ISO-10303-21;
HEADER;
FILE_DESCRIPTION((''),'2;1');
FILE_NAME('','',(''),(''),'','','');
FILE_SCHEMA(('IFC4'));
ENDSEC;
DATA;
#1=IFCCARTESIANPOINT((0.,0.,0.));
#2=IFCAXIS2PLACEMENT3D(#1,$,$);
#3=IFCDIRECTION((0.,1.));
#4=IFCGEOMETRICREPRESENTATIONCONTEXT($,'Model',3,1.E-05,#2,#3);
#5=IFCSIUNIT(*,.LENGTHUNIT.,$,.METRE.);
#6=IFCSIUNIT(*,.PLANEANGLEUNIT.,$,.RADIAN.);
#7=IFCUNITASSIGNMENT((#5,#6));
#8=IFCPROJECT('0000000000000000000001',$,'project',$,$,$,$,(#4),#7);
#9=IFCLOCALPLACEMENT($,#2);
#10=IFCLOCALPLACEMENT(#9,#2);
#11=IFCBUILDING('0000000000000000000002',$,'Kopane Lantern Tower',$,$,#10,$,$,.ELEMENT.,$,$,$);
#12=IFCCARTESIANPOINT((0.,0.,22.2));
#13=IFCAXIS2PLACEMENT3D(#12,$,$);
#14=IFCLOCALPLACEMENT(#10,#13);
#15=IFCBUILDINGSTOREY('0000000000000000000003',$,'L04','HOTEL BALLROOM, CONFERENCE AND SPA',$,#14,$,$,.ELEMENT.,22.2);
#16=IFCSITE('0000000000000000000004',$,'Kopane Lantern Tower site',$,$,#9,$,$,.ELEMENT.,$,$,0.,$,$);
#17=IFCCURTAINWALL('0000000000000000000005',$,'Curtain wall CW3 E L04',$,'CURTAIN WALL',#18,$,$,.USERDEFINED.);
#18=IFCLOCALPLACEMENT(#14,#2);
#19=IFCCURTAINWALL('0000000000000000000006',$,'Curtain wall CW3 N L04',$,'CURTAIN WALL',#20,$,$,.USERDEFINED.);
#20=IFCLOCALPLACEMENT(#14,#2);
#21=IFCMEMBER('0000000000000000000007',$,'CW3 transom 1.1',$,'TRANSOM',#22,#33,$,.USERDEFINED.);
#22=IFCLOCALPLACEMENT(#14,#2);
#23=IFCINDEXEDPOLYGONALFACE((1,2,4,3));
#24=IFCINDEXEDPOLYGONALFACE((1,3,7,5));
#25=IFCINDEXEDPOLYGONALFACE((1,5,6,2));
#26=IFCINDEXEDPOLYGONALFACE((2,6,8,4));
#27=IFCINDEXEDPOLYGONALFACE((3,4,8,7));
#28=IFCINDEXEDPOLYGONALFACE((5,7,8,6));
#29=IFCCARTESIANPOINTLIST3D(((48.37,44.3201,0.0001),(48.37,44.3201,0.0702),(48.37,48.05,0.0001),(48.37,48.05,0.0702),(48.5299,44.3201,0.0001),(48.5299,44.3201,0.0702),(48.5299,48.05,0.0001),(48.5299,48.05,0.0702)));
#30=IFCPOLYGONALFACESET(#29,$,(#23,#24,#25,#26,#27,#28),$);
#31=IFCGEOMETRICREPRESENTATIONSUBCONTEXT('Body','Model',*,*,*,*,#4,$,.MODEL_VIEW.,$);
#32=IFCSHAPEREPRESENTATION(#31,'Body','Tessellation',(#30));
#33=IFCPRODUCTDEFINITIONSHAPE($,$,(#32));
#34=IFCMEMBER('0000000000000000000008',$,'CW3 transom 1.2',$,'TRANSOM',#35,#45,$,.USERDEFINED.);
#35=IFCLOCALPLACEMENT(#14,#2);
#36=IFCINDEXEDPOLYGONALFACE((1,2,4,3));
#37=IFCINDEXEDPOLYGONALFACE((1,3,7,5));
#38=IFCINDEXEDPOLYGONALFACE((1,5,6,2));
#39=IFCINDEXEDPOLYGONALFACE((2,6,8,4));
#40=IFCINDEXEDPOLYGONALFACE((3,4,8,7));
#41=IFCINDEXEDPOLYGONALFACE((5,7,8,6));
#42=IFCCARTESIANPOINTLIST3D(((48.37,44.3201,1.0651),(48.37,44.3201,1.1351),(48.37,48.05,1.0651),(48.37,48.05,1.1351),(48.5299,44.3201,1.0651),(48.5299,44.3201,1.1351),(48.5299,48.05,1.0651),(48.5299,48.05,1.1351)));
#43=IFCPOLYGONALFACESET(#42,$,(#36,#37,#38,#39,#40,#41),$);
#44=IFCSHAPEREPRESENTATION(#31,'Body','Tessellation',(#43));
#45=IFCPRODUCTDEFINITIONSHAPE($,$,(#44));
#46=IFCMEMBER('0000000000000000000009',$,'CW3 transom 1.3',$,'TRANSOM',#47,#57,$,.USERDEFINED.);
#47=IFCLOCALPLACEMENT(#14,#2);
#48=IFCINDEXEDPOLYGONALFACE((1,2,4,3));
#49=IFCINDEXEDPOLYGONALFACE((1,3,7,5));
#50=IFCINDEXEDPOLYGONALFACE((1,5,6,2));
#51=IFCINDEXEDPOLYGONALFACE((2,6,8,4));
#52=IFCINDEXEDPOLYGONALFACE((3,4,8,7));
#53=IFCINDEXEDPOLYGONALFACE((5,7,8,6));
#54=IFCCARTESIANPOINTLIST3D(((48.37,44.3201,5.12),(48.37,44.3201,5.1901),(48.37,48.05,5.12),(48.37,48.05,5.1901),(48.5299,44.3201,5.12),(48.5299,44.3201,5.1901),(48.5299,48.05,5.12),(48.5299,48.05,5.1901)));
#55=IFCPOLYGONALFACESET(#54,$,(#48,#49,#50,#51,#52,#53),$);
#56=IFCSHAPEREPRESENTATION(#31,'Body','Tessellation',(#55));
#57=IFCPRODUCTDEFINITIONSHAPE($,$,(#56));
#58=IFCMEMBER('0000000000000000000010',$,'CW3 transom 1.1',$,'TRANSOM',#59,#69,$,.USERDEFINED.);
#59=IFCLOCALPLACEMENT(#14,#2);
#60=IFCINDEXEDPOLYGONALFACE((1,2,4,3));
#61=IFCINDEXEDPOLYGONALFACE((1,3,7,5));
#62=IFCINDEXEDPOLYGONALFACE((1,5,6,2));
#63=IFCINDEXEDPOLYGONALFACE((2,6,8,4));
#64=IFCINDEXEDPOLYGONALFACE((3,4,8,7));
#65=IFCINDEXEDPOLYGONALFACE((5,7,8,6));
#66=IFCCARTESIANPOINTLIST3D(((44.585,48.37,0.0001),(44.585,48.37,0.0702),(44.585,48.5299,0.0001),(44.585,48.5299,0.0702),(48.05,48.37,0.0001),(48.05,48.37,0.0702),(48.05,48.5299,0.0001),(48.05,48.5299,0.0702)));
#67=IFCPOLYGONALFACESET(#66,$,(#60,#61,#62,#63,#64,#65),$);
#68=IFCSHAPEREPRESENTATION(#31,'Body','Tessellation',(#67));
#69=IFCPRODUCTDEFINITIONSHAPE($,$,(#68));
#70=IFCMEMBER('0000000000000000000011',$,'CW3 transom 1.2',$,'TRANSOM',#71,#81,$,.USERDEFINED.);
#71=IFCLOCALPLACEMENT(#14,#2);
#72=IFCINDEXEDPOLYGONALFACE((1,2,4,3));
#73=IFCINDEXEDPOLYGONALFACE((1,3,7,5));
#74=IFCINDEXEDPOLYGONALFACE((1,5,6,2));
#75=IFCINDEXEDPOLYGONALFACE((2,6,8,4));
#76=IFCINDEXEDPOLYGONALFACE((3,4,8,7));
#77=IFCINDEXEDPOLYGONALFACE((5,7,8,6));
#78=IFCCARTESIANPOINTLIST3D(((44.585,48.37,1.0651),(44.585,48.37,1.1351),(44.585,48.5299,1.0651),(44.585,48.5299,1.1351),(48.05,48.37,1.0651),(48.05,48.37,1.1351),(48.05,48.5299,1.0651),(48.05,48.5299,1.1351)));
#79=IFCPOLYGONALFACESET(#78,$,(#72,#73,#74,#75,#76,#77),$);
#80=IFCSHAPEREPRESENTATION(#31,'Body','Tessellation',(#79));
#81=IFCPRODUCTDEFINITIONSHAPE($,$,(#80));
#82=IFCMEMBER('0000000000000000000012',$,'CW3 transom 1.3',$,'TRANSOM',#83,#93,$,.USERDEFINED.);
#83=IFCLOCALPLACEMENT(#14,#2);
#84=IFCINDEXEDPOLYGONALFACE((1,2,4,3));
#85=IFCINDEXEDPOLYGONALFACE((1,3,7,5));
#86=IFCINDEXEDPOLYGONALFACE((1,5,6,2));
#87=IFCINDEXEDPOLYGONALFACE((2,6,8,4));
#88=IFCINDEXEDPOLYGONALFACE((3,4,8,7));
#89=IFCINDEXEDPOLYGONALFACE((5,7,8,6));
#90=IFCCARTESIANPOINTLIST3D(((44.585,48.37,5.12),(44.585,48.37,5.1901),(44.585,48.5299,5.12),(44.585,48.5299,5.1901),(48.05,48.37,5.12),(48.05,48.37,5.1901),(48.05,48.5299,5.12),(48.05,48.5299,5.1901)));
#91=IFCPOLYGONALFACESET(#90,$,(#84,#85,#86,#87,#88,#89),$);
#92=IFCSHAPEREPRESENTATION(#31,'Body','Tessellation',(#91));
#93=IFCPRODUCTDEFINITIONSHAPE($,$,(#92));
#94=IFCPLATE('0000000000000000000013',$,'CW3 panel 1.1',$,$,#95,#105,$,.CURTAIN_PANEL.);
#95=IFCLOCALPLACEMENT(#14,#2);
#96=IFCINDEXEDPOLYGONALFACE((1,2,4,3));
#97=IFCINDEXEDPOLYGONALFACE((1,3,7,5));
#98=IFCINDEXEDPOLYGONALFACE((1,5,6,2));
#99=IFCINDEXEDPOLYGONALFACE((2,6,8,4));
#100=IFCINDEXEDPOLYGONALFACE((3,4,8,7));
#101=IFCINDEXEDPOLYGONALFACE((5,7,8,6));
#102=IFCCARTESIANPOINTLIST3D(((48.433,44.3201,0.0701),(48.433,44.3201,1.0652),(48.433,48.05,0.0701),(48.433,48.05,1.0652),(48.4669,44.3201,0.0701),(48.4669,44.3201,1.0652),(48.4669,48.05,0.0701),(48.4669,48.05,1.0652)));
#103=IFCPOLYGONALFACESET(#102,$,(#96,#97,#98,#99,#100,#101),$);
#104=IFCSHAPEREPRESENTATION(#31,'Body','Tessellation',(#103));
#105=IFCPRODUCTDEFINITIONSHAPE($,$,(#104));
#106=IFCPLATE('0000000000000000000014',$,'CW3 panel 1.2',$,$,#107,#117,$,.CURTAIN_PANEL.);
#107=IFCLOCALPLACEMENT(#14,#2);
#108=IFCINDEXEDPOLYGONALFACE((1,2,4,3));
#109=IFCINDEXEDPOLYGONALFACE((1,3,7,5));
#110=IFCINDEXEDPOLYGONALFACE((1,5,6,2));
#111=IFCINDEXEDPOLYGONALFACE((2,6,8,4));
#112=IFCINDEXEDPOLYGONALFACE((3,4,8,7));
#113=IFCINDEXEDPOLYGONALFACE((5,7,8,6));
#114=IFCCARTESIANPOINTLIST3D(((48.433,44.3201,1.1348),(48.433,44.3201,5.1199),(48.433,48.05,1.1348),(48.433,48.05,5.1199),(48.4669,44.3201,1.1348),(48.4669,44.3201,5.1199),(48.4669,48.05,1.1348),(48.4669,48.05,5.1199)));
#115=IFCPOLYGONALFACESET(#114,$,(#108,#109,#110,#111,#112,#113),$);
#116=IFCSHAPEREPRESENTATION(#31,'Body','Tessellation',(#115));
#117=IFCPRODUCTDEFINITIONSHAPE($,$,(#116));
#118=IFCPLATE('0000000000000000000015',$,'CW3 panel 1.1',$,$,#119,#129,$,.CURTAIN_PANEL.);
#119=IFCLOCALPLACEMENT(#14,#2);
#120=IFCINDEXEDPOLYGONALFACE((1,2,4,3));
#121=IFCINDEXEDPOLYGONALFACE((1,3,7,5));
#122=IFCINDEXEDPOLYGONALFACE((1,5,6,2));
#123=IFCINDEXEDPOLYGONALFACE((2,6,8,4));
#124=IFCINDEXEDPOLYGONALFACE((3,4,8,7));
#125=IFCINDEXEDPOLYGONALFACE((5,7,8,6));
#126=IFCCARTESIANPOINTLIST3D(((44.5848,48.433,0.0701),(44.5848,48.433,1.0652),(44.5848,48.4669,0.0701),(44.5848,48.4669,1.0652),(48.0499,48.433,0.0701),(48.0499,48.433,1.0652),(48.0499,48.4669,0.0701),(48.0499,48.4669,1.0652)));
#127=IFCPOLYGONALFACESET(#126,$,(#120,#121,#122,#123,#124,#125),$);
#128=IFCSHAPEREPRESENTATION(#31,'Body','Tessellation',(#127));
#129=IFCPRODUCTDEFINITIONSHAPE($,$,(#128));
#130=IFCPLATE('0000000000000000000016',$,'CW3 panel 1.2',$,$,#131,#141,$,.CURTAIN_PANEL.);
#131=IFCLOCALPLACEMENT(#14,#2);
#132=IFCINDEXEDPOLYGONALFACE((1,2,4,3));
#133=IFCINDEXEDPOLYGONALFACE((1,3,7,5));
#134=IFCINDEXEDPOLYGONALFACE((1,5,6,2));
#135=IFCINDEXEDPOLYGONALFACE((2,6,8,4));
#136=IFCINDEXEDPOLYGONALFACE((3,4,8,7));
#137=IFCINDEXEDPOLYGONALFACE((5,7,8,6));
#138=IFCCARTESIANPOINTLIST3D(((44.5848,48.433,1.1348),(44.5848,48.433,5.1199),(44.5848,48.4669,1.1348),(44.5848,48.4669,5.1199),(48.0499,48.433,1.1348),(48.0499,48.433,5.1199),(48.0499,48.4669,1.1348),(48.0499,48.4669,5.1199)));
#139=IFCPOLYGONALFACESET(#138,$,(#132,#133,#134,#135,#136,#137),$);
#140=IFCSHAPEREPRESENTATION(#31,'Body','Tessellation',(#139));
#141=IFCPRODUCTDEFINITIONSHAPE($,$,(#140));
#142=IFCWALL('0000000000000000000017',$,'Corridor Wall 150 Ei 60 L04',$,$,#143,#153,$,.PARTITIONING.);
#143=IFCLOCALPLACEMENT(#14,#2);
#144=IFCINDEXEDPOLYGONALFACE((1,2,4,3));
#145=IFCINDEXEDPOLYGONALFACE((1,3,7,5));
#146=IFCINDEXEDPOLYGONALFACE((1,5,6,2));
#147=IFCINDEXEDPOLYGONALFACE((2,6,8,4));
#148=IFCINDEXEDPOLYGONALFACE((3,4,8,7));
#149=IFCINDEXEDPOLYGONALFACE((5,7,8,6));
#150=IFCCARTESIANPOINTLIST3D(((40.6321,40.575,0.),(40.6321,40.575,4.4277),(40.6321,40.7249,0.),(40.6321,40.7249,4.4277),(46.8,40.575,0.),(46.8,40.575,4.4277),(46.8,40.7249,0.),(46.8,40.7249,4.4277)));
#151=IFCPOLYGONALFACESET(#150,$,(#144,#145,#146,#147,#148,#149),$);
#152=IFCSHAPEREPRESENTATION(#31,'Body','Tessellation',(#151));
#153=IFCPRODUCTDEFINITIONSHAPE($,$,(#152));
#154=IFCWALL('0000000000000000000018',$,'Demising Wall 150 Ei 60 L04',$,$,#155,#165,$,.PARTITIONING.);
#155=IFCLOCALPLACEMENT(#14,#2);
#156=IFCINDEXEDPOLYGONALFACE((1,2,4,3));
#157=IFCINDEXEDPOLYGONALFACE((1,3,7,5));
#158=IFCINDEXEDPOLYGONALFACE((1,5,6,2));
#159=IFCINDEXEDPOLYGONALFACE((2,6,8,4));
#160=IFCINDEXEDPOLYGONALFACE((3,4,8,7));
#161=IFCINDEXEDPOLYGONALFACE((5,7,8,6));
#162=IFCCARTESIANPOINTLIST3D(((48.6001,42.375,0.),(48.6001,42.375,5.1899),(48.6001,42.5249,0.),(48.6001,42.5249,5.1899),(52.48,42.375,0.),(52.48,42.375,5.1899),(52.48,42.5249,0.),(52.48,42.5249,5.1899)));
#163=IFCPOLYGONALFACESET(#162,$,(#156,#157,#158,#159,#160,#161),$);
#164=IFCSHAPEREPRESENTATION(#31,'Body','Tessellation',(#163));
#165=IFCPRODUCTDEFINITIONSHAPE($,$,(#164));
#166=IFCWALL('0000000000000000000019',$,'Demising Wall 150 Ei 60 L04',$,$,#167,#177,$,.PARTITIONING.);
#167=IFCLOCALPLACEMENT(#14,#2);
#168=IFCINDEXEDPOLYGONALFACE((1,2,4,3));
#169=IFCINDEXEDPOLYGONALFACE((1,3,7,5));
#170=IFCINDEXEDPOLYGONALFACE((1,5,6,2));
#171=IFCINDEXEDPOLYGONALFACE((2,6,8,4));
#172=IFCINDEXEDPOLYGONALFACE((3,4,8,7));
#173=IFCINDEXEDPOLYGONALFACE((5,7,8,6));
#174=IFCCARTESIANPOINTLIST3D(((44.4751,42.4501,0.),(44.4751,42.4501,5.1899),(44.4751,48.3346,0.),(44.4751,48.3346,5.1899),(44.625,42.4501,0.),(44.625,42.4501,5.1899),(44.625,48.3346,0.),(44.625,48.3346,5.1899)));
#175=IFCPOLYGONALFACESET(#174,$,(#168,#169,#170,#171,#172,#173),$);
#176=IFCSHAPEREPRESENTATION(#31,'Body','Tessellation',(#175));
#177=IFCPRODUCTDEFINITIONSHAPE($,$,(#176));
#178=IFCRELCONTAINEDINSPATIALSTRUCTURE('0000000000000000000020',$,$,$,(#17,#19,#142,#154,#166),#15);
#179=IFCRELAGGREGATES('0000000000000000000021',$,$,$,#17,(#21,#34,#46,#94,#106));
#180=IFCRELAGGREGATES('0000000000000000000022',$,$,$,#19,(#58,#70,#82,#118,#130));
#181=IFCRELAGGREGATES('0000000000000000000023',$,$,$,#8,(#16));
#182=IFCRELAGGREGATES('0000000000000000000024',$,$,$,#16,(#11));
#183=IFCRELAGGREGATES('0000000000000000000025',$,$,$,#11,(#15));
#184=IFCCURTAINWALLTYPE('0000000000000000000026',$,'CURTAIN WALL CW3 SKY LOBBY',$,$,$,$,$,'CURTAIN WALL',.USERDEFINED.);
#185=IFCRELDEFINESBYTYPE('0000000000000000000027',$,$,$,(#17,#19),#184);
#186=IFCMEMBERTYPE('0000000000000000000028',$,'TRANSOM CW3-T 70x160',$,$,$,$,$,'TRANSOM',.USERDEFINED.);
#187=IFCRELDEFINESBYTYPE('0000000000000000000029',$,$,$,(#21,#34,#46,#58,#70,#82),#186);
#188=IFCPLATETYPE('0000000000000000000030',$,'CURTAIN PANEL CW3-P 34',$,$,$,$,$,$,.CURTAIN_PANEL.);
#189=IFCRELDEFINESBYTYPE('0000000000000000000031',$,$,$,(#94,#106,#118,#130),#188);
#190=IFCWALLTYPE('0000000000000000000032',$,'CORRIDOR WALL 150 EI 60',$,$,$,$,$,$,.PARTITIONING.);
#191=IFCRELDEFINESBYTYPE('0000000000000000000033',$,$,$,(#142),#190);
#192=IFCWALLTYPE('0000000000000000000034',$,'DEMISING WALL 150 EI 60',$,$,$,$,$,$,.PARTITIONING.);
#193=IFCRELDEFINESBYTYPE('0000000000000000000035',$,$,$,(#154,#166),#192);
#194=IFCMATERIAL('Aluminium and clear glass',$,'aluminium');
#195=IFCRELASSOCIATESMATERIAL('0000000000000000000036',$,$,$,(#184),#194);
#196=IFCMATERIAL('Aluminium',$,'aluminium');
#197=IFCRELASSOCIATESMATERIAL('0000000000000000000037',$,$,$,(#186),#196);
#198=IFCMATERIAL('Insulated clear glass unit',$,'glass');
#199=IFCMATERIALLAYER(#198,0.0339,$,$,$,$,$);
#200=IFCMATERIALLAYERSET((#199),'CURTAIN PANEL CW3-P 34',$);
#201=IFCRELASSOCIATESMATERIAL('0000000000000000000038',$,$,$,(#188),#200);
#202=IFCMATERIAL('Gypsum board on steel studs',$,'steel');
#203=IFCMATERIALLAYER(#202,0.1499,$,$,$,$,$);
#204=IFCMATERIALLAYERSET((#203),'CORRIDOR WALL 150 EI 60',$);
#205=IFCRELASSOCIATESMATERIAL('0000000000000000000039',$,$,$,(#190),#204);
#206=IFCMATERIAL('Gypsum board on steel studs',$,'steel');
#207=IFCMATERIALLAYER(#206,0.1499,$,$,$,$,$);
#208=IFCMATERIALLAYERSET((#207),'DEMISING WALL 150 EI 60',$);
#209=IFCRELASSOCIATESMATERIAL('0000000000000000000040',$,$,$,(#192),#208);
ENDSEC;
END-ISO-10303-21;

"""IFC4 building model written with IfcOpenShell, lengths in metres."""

from ifc_helpers import new_model, si_unit, direction, frame, frame_2d, origin, origin_2d, place, context, subcontext, project, spatial, rectangle, extrude, material, layer, layer_set, material_profile, profile_set, type_object, element, aggregate, save


model = new_model("IFC4")

# Units and contexts
model_context = context("Model", 3, precision=1e-05, world=origin(), true_north=direction((0.0, 1.0)))
body_context = subcontext(model_context, "Body", "Model", "MODEL_VIEW")
ifc_project = project(units=[si_unit("LENGTHUNIT", "METRE"), si_unit("PLANEANGLEUNIT", "RADIAN")], contexts=[model_context])

# Site, building, storey
site_placement = place(None, origin())
site = spatial("IfcSite", under=ifc_project, at=site_placement, Name="Kopane Lantern Tower site", CompositionType="ELEMENT", RefElevation=0.0)
building_placement = place(site_placement, origin())
building = spatial("IfcBuilding", under=site, at=building_placement, Name="Kopane Lantern Tower", CompositionType="ELEMENT")
storey_placement = place(building_placement, frame((0.0, 0.0, 22.2)))
storey = spatial("IfcBuildingStorey", under=building, at=storey_placement, Name="L04", Description="HOTEL BALLROOM, CONFERENCE AND SPA", CompositionType="ELEMENT", Elevation=22.2)

# Curtain walls
ifc_material_1 = material(Name="Aluminium and clear glass", Category="aluminium")
curtain_wall_type = type_object("IfcCurtainWallType", Name="CURTAIN WALL CW3 SKY LOBBY", ElementType="CURTAIN WALL", PredefinedType="USERDEFINED", material=ifc_material_1)
curtain_wall_1_placement = place(storey_placement, origin())
curtain_wall_1 = element("IfcCurtainWall", 1, at=curtain_wall_1_placement, inside=storey, type_object=curtain_wall_type, Name="Curtain wall CW3 E L04", ObjectType="CURTAIN WALL", PredefinedType="USERDEFINED")
curtain_wall_2_placement = place(storey_placement, origin())
curtain_wall_2 = element("IfcCurtainWall", 2, at=curtain_wall_2_placement, inside=storey, type_object=curtain_wall_type, Name="Curtain wall CW3 N L04", ObjectType="CURTAIN WALL", PredefinedType="USERDEFINED")

# Members
ifc_material_2 = material(Name="Aluminium", Category="aluminium")
ifc_material_profile_1 = material_profile(ifc_material_2, rectangle(XDim=0.1599, YDim=0.0701, at=origin_2d()), Name="AL 160x70")
ifc_profile_set_1 = profile_set([ifc_material_profile_1], Name="Aluminium")
member_type_1 = type_object("IfcMemberType", Name="TRANSOM CW3-T 70x160", ElementType="TRANSOM", PredefinedType="USERDEFINED", material=ifc_profile_set_1)
member_1_placement = place(storey_placement, frame((48.45, 44.3201, 0.0352), z_axis=(0.0, 1.0, 0.0), x_axis=(-1.0, 0.0, 0.0)))
member_1 = element("IfcMember", 3, at=member_1_placement, type_object=member_type_1, Name="CW3 transom 1.1", ObjectType="TRANSOM", PredefinedType="USERDEFINED", context=body_context, shape_type="SweptSolid", body=[
    extrude(rectangle(XDim=0.1599, YDim=0.0701, at=origin_2d()), origin(), (0.0, 0.0, 1.0), 3.73),
])
member_2_placement = place(storey_placement, frame((48.45, 44.3201, 1.1001), z_axis=(0.0, 1.0, 0.0), x_axis=(-1.0, 0.0, 0.0)))
member_2 = element("IfcMember", 4, at=member_2_placement, type_object=member_type_1, Name="CW3 transom 1.2", ObjectType="TRANSOM", PredefinedType="USERDEFINED", context=body_context, shape_type="SweptSolid", body=[
    extrude(rectangle(XDim=0.1599, YDim=0.0701, at=origin_2d()), origin(), (0.0, 0.0, 1.0), 3.73),
])
member_3_placement = place(storey_placement, frame((48.45, 44.3201, 5.155), z_axis=(0.0, 1.0, 0.0), x_axis=(-1.0, 0.0, 0.0)))
member_3 = element("IfcMember", 5, at=member_3_placement, type_object=member_type_1, Name="CW3 transom 1.3", ObjectType="TRANSOM", PredefinedType="USERDEFINED", context=body_context, shape_type="SweptSolid", body=[
    extrude(rectangle(XDim=0.1599, YDim=0.0701, at=origin_2d()), origin(), (0.0, 0.0, 1.0), 3.73),
])
member_4_placement = place(storey_placement, frame((48.05, 48.45, 0.0352), z_axis=(-1.0, 0.0, 0.0), x_axis=(0.0, -1.0, 0.0)))
member_4 = element("IfcMember", 6, at=member_4_placement, type_object=member_type_1, Name="CW3 transom 1.1", ObjectType="TRANSOM", PredefinedType="USERDEFINED", context=body_context, shape_type="SweptSolid", body=[
    extrude(rectangle(XDim=0.1599, YDim=0.0701, at=origin_2d()), origin(), (0.0, 0.0, 1.0), 3.4651),
])
member_5_placement = place(storey_placement, frame((48.05, 48.45, 1.1001), z_axis=(-1.0, 0.0, 0.0), x_axis=(0.0, -1.0, 0.0)))
member_5 = element("IfcMember", 7, at=member_5_placement, type_object=member_type_1, Name="CW3 transom 1.2", ObjectType="TRANSOM", PredefinedType="USERDEFINED", context=body_context, shape_type="SweptSolid", body=[
    extrude(rectangle(XDim=0.1599, YDim=0.0701, at=origin_2d()), origin(), (0.0, 0.0, 1.0), 3.4651),
])
member_6_placement = place(storey_placement, frame((48.05, 48.45, 5.155), z_axis=(-1.0, 0.0, 0.0), x_axis=(0.0, -1.0, 0.0)))
member_6 = element("IfcMember", 8, at=member_6_placement, type_object=member_type_1, Name="CW3 transom 1.3", ObjectType="TRANSOM", PredefinedType="USERDEFINED", context=body_context, shape_type="SweptSolid", body=[
    extrude(rectangle(XDim=0.1599, YDim=0.0701, at=origin_2d()), origin(), (0.0, 0.0, 1.0), 3.4651),
])

# Plates
ifc_material_3 = material(Name="Insulated clear glass unit", Category="glass")
ifc_layer_1 = layer(ifc_material_3, 0.0339)
ifc_layer_set_1 = layer_set([ifc_layer_1], Name="CURTAIN PANEL CW3-P 34")
plate_type = type_object("IfcPlateType", Name="CURTAIN PANEL CW3-P 34", PredefinedType="CURTAIN_PANEL", material=ifc_layer_set_1)
plate_1_placement = place(storey_placement, frame((48.45, 46.1851, 0.0701), z_axis=(0.0, 0.0, 1.0), x_axis=(0.0, 1.0, 0.0)))
plate_1 = element("IfcPlate", 9, at=plate_1_placement, type_object=plate_type, Name="CW3 panel 1.1", PredefinedType="CURTAIN_PANEL", context=body_context, shape_type="SweptSolid", body=[
    extrude(rectangle(XDim=3.73, YDim=0.0339, at=origin_2d()), origin(), (0.0, 0.0, 1.0), 0.9951),
])
plate_2_placement = place(storey_placement, frame((48.45, 46.1851, 1.1348), z_axis=(0.0, 0.0, 1.0), x_axis=(0.0, 1.0, 0.0)))
plate_2 = element("IfcPlate", 10, at=plate_2_placement, type_object=plate_type, Name="CW3 panel 1.2", PredefinedType="CURTAIN_PANEL", context=body_context, shape_type="SweptSolid", body=[
    extrude(rectangle(XDim=3.73, YDim=0.0339, at=origin_2d()), origin(), (0.0, 0.0, 1.0), 3.9851),
])
aggregate(curtain_wall_1, [member_1, member_2, member_3, plate_1, plate_2])
plate_3_placement = place(storey_placement, frame((46.3174, 48.45, 0.0701), z_axis=(0.0, 0.0, 1.0), x_axis=(-1.0, 0.0, 0.0)))
plate_3 = element("IfcPlate", 11, at=plate_3_placement, type_object=plate_type, Name="CW3 panel 1.1", PredefinedType="CURTAIN_PANEL", context=body_context, shape_type="SweptSolid", body=[
    extrude(rectangle(XDim=3.4651, YDim=0.0339, at=origin_2d()), origin(), (0.0, 0.0, 1.0), 0.9951),
])
plate_4_placement = place(storey_placement, frame((46.3174, 48.45, 1.1348), z_axis=(0.0, 0.0, 1.0), x_axis=(-1.0, 0.0, 0.0)))
plate_4 = element("IfcPlate", 12, at=plate_4_placement, type_object=plate_type, Name="CW3 panel 1.2", PredefinedType="CURTAIN_PANEL", context=body_context, shape_type="SweptSolid", body=[
    extrude(rectangle(XDim=3.4651, YDim=0.0339, at=origin_2d()), origin(), (0.0, 0.0, 1.0), 3.9851),
])
aggregate(curtain_wall_2, [member_4, member_5, member_6, plate_3, plate_4])

# Walls
ifc_material_4 = material(Name="Gypsum board on steel studs", Category="steel")
ifc_layer_2 = layer(ifc_material_4, 0.1499)
ifc_layer_set_2 = layer_set([ifc_layer_2], Name="CORRIDOR WALL 150 EI 60")
wall_type_1 = type_object("IfcWallType", Name="CORRIDOR WALL 150 EI 60", PredefinedType="PARTITIONING", material=ifc_layer_set_2)
wall_1_placement = place(storey_placement, frame((46.8, 40.6499, 0.0), z_axis=(0.0, 0.0, 1.0), x_axis=(-1.0, 0.0, 0.0)))
element("IfcWall", 13, at=wall_1_placement, inside=storey, type_object=wall_type_1, Name="Corridor Wall 150 Ei 60 L04", PredefinedType="PARTITIONING", context=body_context, shape_type="SweptSolid", body=[
    extrude(rectangle(XDim=6.168, YDim=0.1499, at=frame_2d((3.084, 0.0))), origin(), (0.0, 0.0, 1.0), 4.4277),
])
ifc_material_5 = material(Name="Gypsum board on steel studs", Category="steel")
ifc_layer_3 = layer(ifc_material_5, 0.1499)
ifc_layer_set_3 = layer_set([ifc_layer_3], Name="DEMISING WALL 150 EI 60")
wall_type_2 = type_object("IfcWallType", Name="DEMISING WALL 150 EI 60", PredefinedType="PARTITIONING", material=ifc_layer_set_3)
wall_2_placement = place(storey_placement, frame((48.6001, 42.45, 0.0), z_axis=(0.0, 0.0, 1.0), x_axis=(1.0, 0.0, 0.0)))
element("IfcWall", 14, at=wall_2_placement, inside=storey, type_object=wall_type_2, Name="Demising Wall 150 Ei 60 L04", PredefinedType="PARTITIONING", context=body_context, shape_type="SweptSolid", body=[
    extrude(rectangle(XDim=3.8799, YDim=0.1499, at=frame_2d((1.9399, 0.0))), origin(), (0.0, 0.0, 1.0), 5.1899),
])
wall_3_placement = place(storey_placement, frame((44.55, 42.45, 0.0), z_axis=(0.0, 0.0, 1.0), x_axis=(0.0, 1.0, 0.0)))
element("IfcWall", 15, at=wall_3_placement, inside=storey, type_object=wall_type_2, Name="Demising Wall 150 Ei 60 L04", PredefinedType="PARTITIONING", context=body_context, shape_type="SweptSolid", body=[
    extrude(rectangle(XDim=5.8845, YDim=0.1499, at=frame_2d((2.9424, 0.0))), origin(), (0.0, 0.0, 1.0), 5.1899),
])

save(model, "model.ifc")
